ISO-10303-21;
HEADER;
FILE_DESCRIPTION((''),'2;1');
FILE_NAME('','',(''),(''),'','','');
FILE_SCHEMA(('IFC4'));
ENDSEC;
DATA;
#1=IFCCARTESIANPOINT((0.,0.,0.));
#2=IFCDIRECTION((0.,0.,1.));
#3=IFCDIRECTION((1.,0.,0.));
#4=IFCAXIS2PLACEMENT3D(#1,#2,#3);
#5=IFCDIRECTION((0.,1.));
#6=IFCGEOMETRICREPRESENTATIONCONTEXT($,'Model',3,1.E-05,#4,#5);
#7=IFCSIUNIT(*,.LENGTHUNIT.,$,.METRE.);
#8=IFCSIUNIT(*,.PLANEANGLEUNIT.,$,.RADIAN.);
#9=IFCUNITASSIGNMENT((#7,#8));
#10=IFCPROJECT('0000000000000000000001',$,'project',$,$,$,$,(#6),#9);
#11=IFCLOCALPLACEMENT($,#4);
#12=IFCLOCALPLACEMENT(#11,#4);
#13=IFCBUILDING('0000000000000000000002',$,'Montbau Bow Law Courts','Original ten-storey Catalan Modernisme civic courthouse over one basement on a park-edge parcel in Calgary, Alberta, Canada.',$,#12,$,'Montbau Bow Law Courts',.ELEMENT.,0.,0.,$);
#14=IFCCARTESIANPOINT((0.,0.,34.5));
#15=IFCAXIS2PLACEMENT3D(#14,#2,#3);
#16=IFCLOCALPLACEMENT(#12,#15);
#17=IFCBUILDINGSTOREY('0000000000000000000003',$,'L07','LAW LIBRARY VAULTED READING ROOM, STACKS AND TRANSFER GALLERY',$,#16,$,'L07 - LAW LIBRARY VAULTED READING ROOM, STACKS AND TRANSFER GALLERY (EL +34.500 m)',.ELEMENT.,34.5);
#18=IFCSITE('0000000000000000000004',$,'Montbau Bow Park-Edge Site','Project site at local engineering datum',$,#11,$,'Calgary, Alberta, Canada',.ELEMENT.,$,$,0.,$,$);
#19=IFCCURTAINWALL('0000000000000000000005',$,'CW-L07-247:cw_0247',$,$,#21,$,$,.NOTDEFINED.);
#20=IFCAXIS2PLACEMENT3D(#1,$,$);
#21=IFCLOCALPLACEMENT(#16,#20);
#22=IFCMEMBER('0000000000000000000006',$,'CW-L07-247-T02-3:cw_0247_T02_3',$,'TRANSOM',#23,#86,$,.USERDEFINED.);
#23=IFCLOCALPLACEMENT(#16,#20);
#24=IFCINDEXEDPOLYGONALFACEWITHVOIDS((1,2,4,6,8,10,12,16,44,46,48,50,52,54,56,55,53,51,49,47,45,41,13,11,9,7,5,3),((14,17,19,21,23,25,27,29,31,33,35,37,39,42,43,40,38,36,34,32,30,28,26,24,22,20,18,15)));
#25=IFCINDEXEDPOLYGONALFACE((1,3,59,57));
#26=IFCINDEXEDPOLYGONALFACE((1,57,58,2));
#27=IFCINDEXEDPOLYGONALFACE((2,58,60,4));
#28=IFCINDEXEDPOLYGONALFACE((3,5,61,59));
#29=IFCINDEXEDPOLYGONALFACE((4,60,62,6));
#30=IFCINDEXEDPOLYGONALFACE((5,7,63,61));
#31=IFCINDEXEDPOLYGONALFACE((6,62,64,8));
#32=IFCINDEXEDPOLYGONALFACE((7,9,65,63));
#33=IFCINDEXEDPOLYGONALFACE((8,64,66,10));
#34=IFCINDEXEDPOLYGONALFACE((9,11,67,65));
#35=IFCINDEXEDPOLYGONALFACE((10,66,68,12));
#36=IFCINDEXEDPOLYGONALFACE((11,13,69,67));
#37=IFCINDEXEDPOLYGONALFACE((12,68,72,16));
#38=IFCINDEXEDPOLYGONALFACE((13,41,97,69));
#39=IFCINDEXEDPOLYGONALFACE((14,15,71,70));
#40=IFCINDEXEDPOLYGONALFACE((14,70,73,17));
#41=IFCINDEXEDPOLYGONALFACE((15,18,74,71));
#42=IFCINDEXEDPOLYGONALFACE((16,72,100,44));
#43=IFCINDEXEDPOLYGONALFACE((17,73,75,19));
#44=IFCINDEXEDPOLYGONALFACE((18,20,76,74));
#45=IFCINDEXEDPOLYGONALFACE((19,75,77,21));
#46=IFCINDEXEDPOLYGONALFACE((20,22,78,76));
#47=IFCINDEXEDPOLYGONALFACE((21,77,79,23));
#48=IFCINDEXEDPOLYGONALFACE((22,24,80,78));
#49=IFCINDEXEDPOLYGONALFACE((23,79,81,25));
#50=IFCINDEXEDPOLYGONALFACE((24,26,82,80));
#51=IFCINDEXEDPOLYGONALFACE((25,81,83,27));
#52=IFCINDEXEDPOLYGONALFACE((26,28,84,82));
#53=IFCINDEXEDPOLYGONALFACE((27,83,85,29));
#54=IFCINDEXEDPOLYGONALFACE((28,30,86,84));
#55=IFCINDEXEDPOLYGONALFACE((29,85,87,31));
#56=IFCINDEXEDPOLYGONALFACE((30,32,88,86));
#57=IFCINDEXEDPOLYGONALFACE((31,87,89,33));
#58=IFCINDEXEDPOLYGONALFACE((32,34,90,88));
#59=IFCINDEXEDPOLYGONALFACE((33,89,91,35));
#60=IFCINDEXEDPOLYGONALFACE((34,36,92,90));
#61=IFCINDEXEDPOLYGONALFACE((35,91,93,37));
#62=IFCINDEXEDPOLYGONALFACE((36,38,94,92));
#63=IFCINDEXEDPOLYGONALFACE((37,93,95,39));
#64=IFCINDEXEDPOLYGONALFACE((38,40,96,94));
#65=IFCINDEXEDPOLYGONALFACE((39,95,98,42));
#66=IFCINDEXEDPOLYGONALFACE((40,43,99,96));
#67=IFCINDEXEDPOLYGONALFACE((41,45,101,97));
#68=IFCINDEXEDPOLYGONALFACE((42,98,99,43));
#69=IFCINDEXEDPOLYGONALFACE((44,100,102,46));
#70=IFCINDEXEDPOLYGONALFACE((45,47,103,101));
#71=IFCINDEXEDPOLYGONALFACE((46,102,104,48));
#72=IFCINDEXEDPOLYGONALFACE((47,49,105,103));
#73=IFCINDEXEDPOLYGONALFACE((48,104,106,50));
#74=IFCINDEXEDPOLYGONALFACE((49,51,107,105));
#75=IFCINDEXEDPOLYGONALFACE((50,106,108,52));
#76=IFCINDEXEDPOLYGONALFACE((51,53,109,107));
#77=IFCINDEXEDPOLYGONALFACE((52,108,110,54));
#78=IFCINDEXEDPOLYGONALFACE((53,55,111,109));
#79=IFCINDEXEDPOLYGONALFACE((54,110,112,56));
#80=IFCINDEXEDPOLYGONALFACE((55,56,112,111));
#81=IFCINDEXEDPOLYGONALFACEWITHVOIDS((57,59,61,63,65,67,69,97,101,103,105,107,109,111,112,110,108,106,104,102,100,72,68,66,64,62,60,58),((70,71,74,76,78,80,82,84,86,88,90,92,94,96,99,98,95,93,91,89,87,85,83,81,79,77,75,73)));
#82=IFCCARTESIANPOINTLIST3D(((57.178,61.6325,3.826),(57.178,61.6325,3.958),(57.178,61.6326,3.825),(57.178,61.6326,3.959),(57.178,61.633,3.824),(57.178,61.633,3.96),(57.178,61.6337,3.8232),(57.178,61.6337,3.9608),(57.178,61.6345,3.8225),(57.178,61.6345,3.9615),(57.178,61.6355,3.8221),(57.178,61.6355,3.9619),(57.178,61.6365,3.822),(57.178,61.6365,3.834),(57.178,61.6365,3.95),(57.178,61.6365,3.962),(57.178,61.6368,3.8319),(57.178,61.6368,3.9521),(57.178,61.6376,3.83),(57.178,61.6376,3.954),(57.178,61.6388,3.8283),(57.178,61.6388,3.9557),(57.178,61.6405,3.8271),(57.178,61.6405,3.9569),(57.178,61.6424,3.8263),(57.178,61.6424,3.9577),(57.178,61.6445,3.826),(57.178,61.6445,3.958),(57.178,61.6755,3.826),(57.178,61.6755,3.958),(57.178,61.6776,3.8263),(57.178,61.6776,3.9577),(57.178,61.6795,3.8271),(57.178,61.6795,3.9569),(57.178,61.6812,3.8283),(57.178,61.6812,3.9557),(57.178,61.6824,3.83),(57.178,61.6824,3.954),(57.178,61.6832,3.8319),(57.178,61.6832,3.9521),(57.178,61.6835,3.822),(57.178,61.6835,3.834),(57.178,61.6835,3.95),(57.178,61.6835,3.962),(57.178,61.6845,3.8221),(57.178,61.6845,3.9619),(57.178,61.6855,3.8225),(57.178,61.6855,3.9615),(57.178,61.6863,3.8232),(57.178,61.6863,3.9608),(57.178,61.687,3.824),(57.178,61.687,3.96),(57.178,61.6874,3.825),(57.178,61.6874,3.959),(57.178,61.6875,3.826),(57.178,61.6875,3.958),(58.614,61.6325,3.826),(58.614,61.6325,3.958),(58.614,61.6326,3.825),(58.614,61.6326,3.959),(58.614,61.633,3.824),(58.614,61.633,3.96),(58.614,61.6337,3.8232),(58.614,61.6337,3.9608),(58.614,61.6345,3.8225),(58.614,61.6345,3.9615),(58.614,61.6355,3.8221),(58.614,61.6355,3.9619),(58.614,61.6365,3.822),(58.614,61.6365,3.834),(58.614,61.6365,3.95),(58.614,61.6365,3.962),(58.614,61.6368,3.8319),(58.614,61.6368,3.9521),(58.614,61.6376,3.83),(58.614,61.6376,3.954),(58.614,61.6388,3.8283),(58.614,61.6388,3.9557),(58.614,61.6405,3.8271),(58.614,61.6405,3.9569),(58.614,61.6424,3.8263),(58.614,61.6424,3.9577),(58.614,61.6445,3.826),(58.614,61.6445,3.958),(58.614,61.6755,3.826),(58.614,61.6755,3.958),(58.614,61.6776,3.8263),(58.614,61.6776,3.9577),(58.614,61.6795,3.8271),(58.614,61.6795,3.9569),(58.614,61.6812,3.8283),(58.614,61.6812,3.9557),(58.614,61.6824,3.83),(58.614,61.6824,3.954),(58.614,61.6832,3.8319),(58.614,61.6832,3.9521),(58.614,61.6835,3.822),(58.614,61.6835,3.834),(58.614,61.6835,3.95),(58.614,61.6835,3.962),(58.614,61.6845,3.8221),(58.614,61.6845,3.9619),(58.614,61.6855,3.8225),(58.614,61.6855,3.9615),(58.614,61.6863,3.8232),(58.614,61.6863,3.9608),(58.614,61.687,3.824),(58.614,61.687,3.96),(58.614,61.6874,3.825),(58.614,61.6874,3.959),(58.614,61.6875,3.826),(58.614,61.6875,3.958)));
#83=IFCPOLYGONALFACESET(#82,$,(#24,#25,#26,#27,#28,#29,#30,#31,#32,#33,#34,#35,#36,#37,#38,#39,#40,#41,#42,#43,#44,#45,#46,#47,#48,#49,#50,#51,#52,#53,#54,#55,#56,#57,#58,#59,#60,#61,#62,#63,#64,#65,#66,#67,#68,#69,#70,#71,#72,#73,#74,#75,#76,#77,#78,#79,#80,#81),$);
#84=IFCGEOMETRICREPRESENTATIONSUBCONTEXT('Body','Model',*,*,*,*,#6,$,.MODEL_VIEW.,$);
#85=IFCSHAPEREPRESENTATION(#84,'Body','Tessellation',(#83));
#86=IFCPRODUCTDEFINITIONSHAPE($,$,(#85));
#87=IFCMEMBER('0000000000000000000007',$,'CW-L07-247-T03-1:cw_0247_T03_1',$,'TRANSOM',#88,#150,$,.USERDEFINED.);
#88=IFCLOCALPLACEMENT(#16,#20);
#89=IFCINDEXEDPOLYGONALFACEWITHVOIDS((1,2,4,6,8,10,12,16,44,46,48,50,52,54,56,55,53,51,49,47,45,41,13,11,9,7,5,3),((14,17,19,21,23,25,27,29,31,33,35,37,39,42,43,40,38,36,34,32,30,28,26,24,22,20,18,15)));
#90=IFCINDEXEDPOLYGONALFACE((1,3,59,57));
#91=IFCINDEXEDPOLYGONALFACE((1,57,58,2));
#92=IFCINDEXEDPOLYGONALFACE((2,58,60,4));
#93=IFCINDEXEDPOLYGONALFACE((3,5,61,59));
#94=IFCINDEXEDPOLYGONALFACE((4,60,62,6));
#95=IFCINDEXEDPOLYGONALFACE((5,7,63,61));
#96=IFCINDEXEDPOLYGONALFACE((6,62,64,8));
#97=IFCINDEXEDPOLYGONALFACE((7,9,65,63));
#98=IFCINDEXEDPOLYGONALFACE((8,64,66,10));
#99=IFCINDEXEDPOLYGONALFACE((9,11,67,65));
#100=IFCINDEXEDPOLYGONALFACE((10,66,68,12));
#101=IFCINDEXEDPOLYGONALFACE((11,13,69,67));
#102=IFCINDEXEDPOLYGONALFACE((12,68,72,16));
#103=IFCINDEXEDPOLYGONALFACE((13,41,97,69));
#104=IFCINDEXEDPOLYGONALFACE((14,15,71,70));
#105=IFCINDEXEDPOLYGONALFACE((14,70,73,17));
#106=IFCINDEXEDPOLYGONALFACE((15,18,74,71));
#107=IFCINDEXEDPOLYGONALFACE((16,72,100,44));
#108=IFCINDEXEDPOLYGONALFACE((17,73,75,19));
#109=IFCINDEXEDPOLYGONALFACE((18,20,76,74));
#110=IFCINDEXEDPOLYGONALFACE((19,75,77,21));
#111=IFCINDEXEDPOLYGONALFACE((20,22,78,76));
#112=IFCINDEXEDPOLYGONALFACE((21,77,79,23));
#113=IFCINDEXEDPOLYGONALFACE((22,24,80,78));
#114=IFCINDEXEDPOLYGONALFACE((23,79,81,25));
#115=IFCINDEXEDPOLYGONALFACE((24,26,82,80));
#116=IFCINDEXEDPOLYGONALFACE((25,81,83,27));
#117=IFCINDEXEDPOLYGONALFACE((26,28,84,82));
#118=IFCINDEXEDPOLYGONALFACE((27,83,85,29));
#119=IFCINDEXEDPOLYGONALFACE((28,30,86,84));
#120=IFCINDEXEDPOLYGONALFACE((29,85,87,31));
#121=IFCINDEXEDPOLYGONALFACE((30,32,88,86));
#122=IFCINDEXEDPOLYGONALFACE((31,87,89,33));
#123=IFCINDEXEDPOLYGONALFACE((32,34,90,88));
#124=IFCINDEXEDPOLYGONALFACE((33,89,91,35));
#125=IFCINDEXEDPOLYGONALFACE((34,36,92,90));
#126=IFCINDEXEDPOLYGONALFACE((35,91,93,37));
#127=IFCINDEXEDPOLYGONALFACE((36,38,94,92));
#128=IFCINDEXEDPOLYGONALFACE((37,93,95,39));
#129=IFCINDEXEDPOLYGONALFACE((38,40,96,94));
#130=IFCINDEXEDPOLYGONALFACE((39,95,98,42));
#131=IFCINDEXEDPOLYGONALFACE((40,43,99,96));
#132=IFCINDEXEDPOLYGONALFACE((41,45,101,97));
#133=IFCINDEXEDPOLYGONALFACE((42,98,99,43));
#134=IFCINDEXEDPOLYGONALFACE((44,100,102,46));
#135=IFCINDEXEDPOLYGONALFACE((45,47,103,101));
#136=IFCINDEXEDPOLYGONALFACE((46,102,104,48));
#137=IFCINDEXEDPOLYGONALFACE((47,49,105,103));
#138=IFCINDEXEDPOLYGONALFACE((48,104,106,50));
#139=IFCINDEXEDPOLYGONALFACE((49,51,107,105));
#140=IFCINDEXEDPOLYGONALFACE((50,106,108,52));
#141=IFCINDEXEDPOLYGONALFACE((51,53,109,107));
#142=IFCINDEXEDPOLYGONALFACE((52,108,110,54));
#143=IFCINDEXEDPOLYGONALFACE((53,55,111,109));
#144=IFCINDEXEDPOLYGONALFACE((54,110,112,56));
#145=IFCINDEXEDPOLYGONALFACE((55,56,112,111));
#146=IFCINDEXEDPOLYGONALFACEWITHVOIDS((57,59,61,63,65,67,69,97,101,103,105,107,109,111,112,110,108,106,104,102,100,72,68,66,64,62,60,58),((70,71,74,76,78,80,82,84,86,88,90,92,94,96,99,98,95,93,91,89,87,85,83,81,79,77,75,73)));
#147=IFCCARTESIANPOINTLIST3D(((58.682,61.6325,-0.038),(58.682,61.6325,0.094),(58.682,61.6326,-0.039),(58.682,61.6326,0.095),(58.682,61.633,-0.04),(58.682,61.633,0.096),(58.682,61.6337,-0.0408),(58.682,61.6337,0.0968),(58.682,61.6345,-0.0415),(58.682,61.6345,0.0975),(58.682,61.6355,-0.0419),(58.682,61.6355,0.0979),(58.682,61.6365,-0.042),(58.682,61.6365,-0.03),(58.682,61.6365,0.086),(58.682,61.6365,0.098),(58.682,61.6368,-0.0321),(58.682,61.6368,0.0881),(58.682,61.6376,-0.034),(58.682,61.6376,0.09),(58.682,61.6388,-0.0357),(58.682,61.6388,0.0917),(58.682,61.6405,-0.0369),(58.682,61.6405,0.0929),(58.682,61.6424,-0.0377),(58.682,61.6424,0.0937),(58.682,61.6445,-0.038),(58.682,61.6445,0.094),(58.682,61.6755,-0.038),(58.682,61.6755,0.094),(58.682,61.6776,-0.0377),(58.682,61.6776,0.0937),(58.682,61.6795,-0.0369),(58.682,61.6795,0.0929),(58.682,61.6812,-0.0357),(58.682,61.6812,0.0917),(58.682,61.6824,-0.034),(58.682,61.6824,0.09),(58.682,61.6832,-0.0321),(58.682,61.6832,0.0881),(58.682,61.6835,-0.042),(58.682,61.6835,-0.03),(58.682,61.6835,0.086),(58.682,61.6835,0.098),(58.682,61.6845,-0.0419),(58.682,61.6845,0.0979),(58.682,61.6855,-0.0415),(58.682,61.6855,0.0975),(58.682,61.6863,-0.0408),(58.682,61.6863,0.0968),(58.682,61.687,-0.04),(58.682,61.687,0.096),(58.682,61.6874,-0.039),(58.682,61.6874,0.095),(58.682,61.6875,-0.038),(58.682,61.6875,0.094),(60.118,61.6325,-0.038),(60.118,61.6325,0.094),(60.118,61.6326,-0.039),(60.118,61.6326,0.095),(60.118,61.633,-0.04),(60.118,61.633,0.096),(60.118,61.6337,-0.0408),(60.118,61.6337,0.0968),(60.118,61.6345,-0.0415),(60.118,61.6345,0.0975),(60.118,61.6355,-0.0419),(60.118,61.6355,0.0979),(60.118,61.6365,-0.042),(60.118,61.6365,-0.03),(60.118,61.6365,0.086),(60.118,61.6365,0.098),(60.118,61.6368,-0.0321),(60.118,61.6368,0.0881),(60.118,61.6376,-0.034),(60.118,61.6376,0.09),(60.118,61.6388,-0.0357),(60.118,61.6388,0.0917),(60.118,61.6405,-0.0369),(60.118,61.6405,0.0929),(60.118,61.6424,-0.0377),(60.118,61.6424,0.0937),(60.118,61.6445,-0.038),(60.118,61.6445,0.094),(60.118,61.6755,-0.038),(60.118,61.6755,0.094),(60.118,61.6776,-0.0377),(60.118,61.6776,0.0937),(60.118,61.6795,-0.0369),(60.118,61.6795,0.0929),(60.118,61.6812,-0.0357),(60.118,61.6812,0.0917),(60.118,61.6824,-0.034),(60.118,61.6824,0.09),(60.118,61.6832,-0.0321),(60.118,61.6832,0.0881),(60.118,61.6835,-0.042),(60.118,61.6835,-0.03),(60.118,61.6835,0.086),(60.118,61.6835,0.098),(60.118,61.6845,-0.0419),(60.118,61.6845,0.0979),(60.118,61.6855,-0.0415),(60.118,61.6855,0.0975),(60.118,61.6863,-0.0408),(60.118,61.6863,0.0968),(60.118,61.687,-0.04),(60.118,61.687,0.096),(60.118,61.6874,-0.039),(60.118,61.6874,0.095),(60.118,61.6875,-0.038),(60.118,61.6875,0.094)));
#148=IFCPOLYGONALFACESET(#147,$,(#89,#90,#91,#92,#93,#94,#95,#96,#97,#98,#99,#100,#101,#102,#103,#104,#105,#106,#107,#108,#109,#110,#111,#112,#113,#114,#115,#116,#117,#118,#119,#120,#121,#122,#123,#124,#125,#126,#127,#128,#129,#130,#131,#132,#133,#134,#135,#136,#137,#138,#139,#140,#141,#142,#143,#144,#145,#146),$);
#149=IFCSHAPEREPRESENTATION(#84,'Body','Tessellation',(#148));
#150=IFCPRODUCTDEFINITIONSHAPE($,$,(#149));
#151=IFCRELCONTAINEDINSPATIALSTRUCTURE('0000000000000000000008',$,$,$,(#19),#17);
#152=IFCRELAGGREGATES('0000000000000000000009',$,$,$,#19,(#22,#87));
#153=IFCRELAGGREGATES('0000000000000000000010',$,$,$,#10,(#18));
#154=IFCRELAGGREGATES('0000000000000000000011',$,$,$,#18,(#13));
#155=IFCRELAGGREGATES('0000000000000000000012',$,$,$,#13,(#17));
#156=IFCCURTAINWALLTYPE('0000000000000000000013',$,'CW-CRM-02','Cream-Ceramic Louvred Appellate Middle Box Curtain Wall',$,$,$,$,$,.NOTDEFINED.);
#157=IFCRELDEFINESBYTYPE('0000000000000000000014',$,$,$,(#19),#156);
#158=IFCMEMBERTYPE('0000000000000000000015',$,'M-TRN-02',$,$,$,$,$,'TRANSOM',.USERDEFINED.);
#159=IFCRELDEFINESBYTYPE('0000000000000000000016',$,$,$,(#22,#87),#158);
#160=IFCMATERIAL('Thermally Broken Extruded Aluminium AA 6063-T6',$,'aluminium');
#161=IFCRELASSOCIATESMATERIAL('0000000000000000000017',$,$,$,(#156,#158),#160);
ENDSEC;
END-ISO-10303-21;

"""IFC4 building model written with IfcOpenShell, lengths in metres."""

from ifc_helpers import new_model, si_unit, direction, frame, origin_with_axes, origin_2d_with_axis, place, context, subcontext, project, spatial, hollow_rectangle, extrude, material, material_profile, profile_set, type_object, element, aggregate, save


model = new_model("IFC4")

# Units and contexts
model_context = context("Model", 3, precision=1e-05, world=origin_with_axes(), true_north=direction((0.0, 1.0)))
body_context = subcontext(model_context, "Body", "Model", "MODEL_VIEW")
ifc_project = project(units=[si_unit("LENGTHUNIT", "METRE"), si_unit("PLANEANGLEUNIT", "RADIAN")], contexts=[model_context])

# Site, building, storey
site_placement = place(None, origin_with_axes())
site = spatial("IfcSite", under=ifc_project, at=site_placement, Name="Montbau Bow Park-Edge Site", Description="Project site at local engineering datum", LongName="Calgary, Alberta, Canada", CompositionType="ELEMENT", RefElevation=0.0)
building_placement = place(site_placement, origin_with_axes())
building = spatial("IfcBuilding", under=site, at=building_placement, Name="Montbau Bow Law Courts", Description="Original ten-storey Catalan Modernisme civic courthouse over one basement on a park-edge parcel in Calgary, Alberta, Canada.", LongName="Montbau Bow Law Courts", CompositionType="ELEMENT", ElevationOfRefHeight=0.0, ElevationOfTerrain=0.0)
storey_placement = place(building_placement, frame((0.0, 0.0, 34.5), z_axis=(0.0, 0.0, 1.0), x_axis=(1.0, 0.0, 0.0)))
storey = spatial("IfcBuildingStorey", under=building, at=storey_placement, Name="L07", Description="LAW LIBRARY VAULTED READING ROOM, STACKS AND TRANSFER GALLERY", LongName="L07 - LAW LIBRARY VAULTED READING ROOM, STACKS AND TRANSFER GALLERY (EL +34.500 m)", CompositionType="ELEMENT", Elevation=34.5)

# Curtain wall, members
ifc_material_1 = material(Name="Thermally Broken Extruded Aluminium AA 6063-T6", Category="aluminium")
curtain_wall_type = type_object("IfcCurtainWallType", Name="CW-CRM-02", Description="Cream-Ceramic Louvred Appellate Middle Box Curtain Wall", PredefinedType="NOTDEFINED", material=ifc_material_1)
curtain_wall_placement = place(None, frame((55.64, 61.66, 34.5), z_axis=(0.0, 0.0, 1.0), x_axis=(1.0, 0.0, 0.0)))
curtain_wall = element("IfcCurtainWall", 1, at=curtain_wall_placement, inside=storey, type_object=curtain_wall_type, Name="CW-L07-247:cw_0247", PredefinedType="NOTDEFINED")
ifc_material_profile_1 = material_profile(ifc_material_1, hollow_rectangle(XDim=0.055, YDim=0.14, WallThickness=0.004, InnerFilletRadius=0.008, OuterFilletRadius=0.004, at=origin_2d_with_axis()), Name="CWT-140X55", Category="Main", Priority=0)
ifc_profile_set_1 = profile_set([ifc_material_profile_1], Name="Thermally Broken Extruded Aluminium AA 6063-T6")
member_type_1 = type_object("IfcMemberType", Name="M-TRN-02", ElementType="TRANSOM", PredefinedType="USERDEFINED", material=ifc_profile_set_1)
member_1_placement = place(None, frame((57.178, 61.66, 38.392), z_axis=(1.0, 0.0, 0.0), x_axis=(0.0, 1.0, 0.0)))
member_1 = element("IfcMember", 2, at=member_1_placement, type_object=member_type_1, Name="CW-L07-247-T02-3:cw_0247_T02_3", ObjectType="TRANSOM", PredefinedType="USERDEFINED", context=body_context, shape_type="SweptSolid", body=[
    extrude(hollow_rectangle(XDim=0.055, YDim=0.14, WallThickness=0.004, InnerFilletRadius=0.008, OuterFilletRadius=0.004, at=origin_2d_with_axis()), origin_with_axes(), (0.0, 0.0, 1.0), 1.436),
])
member_2_placement = place(None, frame((58.682, 61.66, 34.528), z_axis=(1.0, 0.0, 0.0), x_axis=(0.0, 1.0, 0.0)))
member_2 = element("IfcMember", 3, at=member_2_placement, type_object=member_type_1, Name="CW-L07-247-T03-1:cw_0247_T03_1", ObjectType="TRANSOM", PredefinedType="USERDEFINED", context=body_context, shape_type="SweptSolid", body=[
    extrude(hollow_rectangle(XDim=0.055, YDim=0.14, WallThickness=0.004, InnerFilletRadius=0.008, OuterFilletRadius=0.004, at=origin_2d_with_axis()), origin_with_axes(), (0.0, 0.0, 1.0), 1.436),
])
aggregate(curtain_wall, [member_1, member_2])

save(model, "model.ifc")
